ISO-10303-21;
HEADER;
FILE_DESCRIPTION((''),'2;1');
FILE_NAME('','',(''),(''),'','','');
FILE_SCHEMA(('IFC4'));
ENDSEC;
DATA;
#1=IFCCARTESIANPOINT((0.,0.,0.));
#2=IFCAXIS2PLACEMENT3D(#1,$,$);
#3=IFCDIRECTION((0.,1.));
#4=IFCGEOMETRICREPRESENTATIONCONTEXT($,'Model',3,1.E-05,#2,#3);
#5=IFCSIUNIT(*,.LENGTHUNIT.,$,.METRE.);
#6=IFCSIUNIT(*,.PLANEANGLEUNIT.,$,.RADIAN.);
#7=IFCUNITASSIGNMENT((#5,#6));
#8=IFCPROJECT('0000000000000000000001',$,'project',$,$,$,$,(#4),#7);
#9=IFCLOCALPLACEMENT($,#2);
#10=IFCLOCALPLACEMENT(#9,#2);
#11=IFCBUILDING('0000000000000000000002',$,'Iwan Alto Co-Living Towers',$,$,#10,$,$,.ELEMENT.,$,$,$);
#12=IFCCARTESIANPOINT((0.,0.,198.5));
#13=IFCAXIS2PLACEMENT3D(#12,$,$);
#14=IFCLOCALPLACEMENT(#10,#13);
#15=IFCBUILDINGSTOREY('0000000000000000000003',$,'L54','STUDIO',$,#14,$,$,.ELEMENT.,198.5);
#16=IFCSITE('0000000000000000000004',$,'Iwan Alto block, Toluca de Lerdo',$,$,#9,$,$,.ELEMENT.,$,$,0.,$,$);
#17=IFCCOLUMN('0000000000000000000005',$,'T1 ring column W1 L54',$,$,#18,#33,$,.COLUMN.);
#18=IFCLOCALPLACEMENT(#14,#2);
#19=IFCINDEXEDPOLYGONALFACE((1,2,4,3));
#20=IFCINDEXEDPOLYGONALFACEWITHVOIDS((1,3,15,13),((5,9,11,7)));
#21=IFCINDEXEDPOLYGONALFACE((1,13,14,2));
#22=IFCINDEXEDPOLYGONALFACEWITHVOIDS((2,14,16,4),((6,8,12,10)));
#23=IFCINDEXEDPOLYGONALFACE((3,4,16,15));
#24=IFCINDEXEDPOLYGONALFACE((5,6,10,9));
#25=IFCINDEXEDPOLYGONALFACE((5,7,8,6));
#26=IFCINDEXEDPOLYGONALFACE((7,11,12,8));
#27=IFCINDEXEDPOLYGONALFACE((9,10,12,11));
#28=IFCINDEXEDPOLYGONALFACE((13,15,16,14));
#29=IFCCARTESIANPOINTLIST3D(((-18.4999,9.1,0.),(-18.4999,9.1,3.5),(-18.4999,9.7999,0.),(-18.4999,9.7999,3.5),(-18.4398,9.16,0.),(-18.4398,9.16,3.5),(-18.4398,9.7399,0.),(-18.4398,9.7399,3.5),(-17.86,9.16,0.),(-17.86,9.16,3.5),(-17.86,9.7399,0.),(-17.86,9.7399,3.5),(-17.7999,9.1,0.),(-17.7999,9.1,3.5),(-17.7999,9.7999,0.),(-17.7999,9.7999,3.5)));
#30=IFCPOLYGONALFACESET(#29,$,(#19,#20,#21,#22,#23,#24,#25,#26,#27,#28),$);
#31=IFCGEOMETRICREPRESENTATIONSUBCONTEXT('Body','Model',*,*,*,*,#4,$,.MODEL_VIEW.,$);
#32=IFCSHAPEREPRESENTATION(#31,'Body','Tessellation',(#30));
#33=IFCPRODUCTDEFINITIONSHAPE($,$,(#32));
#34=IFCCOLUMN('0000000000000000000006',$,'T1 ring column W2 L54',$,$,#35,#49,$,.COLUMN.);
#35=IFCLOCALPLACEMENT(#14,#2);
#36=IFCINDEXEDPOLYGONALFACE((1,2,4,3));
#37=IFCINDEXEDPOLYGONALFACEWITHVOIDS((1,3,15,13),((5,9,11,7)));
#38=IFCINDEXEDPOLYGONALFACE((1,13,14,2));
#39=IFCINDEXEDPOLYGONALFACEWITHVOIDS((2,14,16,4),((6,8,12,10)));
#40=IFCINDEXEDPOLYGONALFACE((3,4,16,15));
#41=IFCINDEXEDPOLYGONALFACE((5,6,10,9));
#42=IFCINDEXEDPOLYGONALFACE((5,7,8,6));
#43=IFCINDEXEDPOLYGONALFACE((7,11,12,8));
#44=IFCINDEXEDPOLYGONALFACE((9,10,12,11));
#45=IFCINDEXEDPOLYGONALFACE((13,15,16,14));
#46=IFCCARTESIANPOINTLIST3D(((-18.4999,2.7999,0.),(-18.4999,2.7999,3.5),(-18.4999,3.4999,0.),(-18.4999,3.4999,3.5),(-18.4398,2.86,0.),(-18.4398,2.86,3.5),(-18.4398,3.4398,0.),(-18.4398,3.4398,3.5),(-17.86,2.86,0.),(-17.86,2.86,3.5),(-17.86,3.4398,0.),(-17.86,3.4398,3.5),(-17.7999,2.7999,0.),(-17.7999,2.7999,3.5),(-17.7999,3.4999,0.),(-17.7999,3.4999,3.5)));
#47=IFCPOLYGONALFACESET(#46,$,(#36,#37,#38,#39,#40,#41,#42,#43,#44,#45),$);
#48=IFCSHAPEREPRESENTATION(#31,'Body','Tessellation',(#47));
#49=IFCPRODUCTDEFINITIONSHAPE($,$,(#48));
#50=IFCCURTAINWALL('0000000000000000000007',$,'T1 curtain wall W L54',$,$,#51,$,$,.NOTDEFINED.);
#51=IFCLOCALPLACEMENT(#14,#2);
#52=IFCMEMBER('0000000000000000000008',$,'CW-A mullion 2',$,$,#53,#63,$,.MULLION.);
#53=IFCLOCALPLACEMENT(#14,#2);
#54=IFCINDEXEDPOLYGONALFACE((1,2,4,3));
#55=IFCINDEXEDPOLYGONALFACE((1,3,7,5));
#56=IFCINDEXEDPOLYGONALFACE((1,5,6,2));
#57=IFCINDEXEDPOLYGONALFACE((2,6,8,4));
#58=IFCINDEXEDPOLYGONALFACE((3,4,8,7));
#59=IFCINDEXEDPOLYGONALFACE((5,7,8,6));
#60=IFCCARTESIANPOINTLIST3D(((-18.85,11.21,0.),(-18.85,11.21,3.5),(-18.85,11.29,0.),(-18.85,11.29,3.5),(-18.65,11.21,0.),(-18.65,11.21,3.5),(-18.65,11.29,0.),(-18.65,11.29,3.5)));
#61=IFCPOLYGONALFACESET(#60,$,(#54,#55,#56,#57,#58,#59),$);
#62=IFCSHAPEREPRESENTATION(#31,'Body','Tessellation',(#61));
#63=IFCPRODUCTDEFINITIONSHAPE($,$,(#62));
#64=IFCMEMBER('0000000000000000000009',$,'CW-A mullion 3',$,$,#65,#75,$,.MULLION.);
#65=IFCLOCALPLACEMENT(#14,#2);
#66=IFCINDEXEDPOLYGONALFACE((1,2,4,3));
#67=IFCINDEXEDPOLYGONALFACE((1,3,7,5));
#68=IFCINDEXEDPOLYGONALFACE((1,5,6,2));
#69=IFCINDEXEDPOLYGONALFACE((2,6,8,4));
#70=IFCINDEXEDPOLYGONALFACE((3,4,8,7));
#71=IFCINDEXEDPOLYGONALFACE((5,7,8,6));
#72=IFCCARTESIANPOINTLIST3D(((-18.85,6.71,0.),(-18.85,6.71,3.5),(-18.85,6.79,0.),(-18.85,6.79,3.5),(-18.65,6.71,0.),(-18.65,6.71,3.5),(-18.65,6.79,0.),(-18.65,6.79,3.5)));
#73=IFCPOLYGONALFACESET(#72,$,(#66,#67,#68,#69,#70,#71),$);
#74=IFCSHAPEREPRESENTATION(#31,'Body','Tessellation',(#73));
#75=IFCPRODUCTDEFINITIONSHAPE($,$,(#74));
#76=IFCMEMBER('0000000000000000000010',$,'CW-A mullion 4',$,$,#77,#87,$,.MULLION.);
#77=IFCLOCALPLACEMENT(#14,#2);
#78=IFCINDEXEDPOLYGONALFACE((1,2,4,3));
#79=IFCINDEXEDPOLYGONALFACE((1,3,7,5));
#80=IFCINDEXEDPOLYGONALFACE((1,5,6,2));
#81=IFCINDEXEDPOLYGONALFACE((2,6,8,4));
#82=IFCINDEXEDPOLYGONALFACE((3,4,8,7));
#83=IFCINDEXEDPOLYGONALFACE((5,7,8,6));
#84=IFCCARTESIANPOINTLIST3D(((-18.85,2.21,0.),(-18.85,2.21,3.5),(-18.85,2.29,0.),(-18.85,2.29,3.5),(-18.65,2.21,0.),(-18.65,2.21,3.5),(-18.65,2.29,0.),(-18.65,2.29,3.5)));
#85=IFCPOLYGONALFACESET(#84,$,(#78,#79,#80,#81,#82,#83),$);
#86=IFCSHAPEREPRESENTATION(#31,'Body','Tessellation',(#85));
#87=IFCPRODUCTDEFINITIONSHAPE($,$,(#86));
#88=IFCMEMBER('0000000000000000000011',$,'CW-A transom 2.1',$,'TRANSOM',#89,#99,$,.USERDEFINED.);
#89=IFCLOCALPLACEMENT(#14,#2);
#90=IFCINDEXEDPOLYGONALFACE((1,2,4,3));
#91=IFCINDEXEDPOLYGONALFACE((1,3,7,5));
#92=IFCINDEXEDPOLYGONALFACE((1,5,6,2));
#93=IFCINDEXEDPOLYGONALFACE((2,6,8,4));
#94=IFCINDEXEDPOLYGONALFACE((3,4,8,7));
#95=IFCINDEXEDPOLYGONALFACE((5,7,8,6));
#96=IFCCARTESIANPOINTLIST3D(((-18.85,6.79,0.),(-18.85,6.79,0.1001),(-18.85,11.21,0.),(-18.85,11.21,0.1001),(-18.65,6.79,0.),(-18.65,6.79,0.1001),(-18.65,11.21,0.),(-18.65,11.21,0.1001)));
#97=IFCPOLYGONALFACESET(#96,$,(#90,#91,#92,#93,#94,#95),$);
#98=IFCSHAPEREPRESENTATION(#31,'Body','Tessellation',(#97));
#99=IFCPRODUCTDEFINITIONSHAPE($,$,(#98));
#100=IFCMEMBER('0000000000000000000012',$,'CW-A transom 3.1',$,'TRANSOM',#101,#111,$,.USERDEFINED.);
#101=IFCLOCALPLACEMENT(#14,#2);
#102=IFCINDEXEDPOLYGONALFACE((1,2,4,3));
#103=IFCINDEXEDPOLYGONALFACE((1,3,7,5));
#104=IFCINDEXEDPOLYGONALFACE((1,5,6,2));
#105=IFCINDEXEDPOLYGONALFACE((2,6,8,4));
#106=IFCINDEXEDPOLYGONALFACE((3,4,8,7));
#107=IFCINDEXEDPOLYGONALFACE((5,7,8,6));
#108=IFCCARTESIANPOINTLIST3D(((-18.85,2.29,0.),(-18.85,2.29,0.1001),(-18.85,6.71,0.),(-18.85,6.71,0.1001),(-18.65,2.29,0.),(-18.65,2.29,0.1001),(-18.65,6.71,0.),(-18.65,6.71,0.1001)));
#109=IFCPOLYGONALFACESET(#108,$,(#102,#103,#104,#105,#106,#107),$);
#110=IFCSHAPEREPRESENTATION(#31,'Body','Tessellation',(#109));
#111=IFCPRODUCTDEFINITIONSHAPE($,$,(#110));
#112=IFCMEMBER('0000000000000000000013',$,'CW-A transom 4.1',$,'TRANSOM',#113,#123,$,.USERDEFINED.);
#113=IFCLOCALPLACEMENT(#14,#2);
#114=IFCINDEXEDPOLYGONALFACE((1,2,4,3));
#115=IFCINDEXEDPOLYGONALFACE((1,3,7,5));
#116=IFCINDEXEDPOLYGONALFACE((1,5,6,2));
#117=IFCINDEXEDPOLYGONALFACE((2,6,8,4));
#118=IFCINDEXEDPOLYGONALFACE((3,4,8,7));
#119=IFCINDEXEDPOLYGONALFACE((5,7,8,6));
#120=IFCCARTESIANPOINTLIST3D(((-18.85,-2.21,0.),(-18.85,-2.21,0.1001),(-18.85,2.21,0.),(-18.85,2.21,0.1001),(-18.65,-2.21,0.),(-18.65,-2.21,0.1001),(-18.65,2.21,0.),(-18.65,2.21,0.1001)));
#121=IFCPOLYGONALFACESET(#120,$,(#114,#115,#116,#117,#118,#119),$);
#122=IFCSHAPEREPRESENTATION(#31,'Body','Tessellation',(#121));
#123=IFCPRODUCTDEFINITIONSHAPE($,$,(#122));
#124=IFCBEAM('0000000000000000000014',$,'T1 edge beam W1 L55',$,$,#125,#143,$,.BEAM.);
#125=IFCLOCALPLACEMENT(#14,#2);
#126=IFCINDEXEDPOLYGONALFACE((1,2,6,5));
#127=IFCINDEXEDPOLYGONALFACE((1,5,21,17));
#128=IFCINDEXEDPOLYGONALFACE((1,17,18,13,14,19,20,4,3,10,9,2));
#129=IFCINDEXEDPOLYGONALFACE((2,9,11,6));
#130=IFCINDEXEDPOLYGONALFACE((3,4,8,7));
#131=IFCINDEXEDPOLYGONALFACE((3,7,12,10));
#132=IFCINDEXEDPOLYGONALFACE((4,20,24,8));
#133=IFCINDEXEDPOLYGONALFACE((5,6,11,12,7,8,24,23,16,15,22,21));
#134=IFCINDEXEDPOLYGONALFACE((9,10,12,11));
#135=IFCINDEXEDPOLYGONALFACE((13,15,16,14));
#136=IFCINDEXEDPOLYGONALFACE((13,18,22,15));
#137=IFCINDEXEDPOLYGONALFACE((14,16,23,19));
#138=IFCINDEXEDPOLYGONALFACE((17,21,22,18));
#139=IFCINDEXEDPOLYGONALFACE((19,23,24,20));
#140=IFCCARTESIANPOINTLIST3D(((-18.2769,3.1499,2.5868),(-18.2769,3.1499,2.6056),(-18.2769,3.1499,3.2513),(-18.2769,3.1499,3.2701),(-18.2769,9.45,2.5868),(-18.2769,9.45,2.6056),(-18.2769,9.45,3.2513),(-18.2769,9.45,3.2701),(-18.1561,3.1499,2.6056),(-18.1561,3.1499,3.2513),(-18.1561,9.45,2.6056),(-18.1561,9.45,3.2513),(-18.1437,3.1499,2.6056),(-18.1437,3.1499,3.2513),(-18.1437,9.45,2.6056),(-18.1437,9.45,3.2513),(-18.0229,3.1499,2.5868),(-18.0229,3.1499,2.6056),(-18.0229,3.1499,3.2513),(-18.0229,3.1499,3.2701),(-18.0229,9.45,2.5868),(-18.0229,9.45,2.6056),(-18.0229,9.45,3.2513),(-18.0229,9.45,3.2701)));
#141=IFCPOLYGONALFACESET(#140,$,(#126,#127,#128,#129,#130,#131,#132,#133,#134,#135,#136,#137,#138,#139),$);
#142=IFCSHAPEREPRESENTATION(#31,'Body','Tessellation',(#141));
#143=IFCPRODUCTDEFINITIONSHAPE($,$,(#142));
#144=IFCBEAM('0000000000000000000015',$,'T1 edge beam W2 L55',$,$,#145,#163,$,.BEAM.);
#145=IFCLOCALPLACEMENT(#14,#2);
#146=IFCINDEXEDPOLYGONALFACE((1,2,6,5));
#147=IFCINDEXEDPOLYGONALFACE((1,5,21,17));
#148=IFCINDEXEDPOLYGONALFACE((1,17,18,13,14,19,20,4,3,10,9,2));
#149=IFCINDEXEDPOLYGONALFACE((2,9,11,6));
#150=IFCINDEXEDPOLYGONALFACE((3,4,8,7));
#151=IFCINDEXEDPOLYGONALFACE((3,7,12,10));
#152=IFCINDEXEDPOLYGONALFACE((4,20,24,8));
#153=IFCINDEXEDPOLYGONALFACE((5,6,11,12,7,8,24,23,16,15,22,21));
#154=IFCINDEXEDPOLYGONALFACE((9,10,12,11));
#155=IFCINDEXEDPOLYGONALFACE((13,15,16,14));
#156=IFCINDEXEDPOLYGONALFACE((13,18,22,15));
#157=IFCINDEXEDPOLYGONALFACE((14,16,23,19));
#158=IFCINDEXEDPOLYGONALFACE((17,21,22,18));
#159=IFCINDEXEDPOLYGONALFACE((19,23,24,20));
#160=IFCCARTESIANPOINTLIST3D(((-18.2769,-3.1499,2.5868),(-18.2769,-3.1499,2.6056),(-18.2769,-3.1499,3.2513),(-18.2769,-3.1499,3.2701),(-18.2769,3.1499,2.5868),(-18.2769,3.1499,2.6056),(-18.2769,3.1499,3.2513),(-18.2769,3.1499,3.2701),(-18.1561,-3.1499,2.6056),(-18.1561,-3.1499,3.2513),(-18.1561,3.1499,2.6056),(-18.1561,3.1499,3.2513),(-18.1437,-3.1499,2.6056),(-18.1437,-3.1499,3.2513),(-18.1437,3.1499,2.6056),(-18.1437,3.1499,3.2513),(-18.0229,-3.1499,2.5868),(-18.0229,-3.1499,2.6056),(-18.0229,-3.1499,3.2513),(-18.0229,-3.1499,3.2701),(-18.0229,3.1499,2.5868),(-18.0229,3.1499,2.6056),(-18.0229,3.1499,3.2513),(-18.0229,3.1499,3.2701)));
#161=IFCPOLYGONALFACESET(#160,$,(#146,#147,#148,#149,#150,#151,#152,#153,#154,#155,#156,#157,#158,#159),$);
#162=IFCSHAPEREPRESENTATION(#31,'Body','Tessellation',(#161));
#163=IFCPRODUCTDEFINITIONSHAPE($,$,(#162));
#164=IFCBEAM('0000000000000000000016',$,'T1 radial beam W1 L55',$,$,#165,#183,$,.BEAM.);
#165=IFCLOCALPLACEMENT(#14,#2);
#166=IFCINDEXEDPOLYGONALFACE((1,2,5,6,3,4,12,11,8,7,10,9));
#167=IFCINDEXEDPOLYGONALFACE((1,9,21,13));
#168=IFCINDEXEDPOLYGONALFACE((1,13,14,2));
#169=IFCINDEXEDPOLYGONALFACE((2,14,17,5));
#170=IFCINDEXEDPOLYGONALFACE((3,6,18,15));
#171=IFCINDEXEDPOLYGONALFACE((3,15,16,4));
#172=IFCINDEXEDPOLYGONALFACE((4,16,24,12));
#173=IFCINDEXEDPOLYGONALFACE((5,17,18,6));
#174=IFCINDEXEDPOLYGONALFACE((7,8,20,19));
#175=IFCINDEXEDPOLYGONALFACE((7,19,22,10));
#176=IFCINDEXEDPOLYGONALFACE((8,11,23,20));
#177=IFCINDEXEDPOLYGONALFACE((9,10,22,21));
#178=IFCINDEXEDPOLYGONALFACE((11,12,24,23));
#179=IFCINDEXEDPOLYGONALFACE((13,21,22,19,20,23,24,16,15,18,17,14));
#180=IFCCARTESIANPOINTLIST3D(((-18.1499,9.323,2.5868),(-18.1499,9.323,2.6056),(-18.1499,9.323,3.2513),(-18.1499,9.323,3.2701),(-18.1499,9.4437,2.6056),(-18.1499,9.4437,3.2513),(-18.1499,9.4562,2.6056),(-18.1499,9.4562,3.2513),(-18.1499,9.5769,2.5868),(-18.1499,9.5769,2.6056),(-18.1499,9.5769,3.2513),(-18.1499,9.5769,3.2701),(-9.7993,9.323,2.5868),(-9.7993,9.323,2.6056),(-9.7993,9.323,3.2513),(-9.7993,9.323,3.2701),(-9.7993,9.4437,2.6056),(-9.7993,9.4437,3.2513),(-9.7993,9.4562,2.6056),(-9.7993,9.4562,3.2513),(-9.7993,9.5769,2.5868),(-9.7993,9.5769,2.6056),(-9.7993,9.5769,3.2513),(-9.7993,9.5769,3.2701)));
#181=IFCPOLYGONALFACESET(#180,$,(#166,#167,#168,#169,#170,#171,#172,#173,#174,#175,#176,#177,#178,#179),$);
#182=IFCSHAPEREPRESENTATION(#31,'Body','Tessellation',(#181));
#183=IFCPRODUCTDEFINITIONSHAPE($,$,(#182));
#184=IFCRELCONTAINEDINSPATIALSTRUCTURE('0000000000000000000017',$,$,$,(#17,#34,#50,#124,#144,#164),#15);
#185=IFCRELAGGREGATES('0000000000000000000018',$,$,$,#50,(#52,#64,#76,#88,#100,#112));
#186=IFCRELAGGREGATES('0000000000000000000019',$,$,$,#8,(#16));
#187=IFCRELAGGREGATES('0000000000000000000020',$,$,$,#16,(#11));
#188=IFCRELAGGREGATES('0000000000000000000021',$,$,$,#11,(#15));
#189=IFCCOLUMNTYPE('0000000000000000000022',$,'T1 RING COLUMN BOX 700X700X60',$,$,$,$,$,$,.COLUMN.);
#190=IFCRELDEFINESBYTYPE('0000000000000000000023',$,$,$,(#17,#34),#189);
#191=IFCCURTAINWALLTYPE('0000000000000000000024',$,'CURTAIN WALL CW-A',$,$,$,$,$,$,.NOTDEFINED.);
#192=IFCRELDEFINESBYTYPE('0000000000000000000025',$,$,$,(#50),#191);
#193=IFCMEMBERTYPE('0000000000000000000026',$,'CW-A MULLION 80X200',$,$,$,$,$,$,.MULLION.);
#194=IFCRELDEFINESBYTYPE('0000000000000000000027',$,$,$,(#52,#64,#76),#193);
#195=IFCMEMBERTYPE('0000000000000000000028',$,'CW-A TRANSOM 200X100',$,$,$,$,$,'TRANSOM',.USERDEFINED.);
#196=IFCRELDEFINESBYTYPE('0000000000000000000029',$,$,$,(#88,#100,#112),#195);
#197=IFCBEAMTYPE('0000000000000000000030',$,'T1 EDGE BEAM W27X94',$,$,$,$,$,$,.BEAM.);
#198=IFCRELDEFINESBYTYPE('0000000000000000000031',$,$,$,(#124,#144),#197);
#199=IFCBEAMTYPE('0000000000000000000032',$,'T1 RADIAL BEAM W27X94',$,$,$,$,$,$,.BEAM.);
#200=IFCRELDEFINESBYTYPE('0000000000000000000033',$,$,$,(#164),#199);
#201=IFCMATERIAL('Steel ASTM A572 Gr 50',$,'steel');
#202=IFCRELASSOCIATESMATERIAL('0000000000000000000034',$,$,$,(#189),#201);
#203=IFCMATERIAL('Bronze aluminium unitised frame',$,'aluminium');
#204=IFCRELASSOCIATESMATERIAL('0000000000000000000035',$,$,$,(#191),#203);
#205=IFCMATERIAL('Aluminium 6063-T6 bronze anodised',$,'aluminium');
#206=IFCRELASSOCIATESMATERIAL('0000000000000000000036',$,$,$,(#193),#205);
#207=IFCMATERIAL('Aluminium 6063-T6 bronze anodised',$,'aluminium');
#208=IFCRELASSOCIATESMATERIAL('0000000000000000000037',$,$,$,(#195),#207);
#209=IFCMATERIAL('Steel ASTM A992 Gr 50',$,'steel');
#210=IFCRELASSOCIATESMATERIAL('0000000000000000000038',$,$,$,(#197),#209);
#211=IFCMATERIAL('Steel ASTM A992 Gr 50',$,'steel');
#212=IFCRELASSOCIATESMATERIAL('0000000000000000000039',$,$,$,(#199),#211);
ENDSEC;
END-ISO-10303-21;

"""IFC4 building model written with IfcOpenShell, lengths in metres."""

from ifc_helpers import new_model, si_unit, direction, frame, origin, origin_2d, place, context, subcontext, project, spatial, rectangle, hollow_rectangle, i_section, extrude, material, material_profile, profile_set, type_object, element, aggregate, save


model = new_model("IFC4")

# Units and contexts
model_context = context("Model", 3, precision=1e-05, world=origin(), true_north=direction((0.0, 1.0)))
body_context = subcontext(model_context, "Body", "Model", "MODEL_VIEW")
ifc_project = project(units=[si_unit("LENGTHUNIT", "METRE"), si_unit("PLANEANGLEUNIT", "RADIAN")], contexts=[model_context])

# Site, building, storey
site_placement = place(None, origin())
site = spatial("IfcSite", under=ifc_project, at=site_placement, Name="Iwan Alto block, Toluca de Lerdo", CompositionType="ELEMENT", RefElevation=0.0)
building_placement = place(site_placement, origin())
building = spatial("IfcBuilding", under=site, at=building_placement, Name="Iwan Alto Co-Living Towers", CompositionType="ELEMENT")
storey_placement = place(building_placement, frame((0.0, 0.0, 198.5)))
storey = spatial("IfcBuildingStorey", under=building, at=storey_placement, Name="L54", Description="STUDIO", CompositionType="ELEMENT", Elevation=198.5)

# Columns
ifc_material_1 = material(Name="Steel ASTM A572 Gr 50", Category="steel")
ifc_material_profile_1 = material_profile(ifc_material_1, hollow_rectangle(XDim=0.7, YDim=0.7, WallThickness=0.0601, at=origin_2d()), Name="BOX 700X700X60")
ifc_profile_set_1 = profile_set([ifc_material_profile_1], Name="Steel ASTM A572 Gr 50")
column_type = type_object("IfcColumnType", Name="T1 RING COLUMN BOX 700X700X60", PredefinedType="COLUMN", material=ifc_profile_set_1)
for number, where, z_axis, x_axis, name in (
    (1, (-18.1499, 9.45, 0.0), (0.0, 0.0, 1.0), (1.0, 0.0, 0.0), "T1 ring column W1 L54"),
    (2, (-18.1499, 3.1499, 0.0), (0.0, 0.0, 1.0), (1.0, 0.0, 0.0), "T1 ring column W2 L54"),
):
    element("IfcColumn", number, at=place(storey_placement, frame(where, z_axis=z_axis, x_axis=x_axis)), inside=storey, type_object=column_type, Name=name, PredefinedType="COLUMN", context=body_context, shape_type="SweptSolid", body=[
        extrude(hollow_rectangle(XDim=0.7, YDim=0.7, WallThickness=0.0601, at=origin_2d()), origin(), (0.0, 0.0, 1.0), 3.5),
    ])

# Curtain wall, members
ifc_material_2 = material(Name="Bronze aluminium unitised frame", Category="aluminium")
curtain_wall_type = type_object("IfcCurtainWallType", Name="CURTAIN WALL CW-A", PredefinedType="NOTDEFINED", material=ifc_material_2)
curtain_wall_placement = place(storey_placement, origin())
curtain_wall = element("IfcCurtainWall", 3, at=curtain_wall_placement, inside=storey, type_object=curtain_wall_type, Name="T1 curtain wall W L54", PredefinedType="NOTDEFINED")
ifc_material_3 = material(Name="Aluminium 6063-T6 bronze anodised", Category="aluminium")
ifc_material_profile_2 = material_profile(ifc_material_3, rectangle(XDim=0.2, YDim=0.0801, at=origin_2d()), Name="AL 80X200")
ifc_profile_set_2 = profile_set([ifc_material_profile_2], Name="Aluminium 6063-T6 bronze anodised")
member_type_1 = type_object("IfcMemberType", Name="CW-A MULLION 80X200", PredefinedType="MULLION", material=ifc_profile_set_2)
member_1_placement = place(storey_placement, frame((-18.75, 11.25, 0.0), z_axis=(0.0, 0.0, 1.0), x_axis=(1.0, 0.0, 0.0)))
member_1 = element("IfcMember", 4, at=member_1_placement, type_object=member_type_1, Name="CW-A mullion 2", PredefinedType="MULLION", context=body_context, shape_type="SweptSolid", body=[
    extrude(rectangle(XDim=0.2, YDim=0.0801, at=origin_2d()), origin(), (0.0, 0.0, 1.0), 3.5),
])
member_2_placement = place(storey_placement, frame((-18.75, 6.75, 0.0), z_axis=(0.0, 0.0, 1.0), x_axis=(1.0, 0.0, 0.0)))
member_2 = element("IfcMember", 5, at=member_2_placement, type_object=member_type_1, Name="CW-A mullion 3", PredefinedType="MULLION", context=body_context, shape_type="SweptSolid", body=[
    extrude(rectangle(XDim=0.2, YDim=0.0801, at=origin_2d()), origin(), (0.0, 0.0, 1.0), 3.5),
])
member_3_placement = place(storey_placement, frame((-18.75, 2.25, 0.0), z_axis=(0.0, 0.0, 1.0), x_axis=(1.0, 0.0, 0.0)))
member_3 = element("IfcMember", 6, at=member_3_placement, type_object=member_type_1, Name="CW-A mullion 4", PredefinedType="MULLION", context=body_context, shape_type="SweptSolid", body=[
    extrude(rectangle(XDim=0.2, YDim=0.0801, at=origin_2d()), origin(), (0.0, 0.0, 1.0), 3.5),
])
ifc_material_4 = material(Name="Aluminium 6063-T6 bronze anodised", Category="aluminium")
ifc_material_profile_3 = material_profile(ifc_material_4, rectangle(XDim=0.2, YDim=0.1001, at=origin_2d()), Name="AL 200X100")
ifc_profile_set_3 = profile_set([ifc_material_profile_3], Name="Aluminium 6063-T6 bronze anodised")
member_type_2 = type_object("IfcMemberType", Name="CW-A TRANSOM 200X100", ElementType="TRANSOM", PredefinedType="USERDEFINED", material=ifc_profile_set_3)
member_4_placement = place(storey_placement, frame((-18.75, 11.21, 0.05), z_axis=(0.0, -1.0, 0.0), x_axis=(1.0, 0.0, 0.0)))
member_4 = element("IfcMember", 7, at=member_4_placement, type_object=member_type_2, Name="CW-A transom 2.1", ObjectType="TRANSOM", PredefinedType="USERDEFINED", context=body_context, shape_type="SweptSolid", body=[
    extrude(rectangle(XDim=0.2, YDim=0.1001, at=origin_2d()), origin(), (0.0, 0.0, 1.0), 4.4199),
])
member_5_placement = place(storey_placement, frame((-18.75, 6.71, 0.05), z_axis=(0.0, -1.0, 0.0), x_axis=(1.0, 0.0, 0.0)))
member_5 = element("IfcMember", 8, at=member_5_placement, type_object=member_type_2, Name="CW-A transom 3.1", ObjectType="TRANSOM", PredefinedType="USERDEFINED", context=body_context, shape_type="SweptSolid", body=[
    extrude(rectangle(XDim=0.2, YDim=0.1001, at=origin_2d()), origin(), (0.0, 0.0, 1.0), 4.4199),
])
member_6_placement = place(storey_placement, frame((-18.75, 2.21, 0.05), z_axis=(0.0, -1.0, 0.0), x_axis=(1.0, 0.0, 0.0)))
member_6 = element("IfcMember", 9, at=member_6_placement, type_object=member_type_2, Name="CW-A transom 4.1", ObjectType="TRANSOM", PredefinedType="USERDEFINED", context=body_context, shape_type="SweptSolid", body=[
    extrude(rectangle(XDim=0.2, YDim=0.1001, at=origin_2d()), origin(), (0.0, 0.0, 1.0), 4.4199),
])

# Beams
ifc_material_5 = material(Name="Steel ASTM A992 Gr 50", Category="steel")
ifc_material_profile_4 = material_profile(ifc_material_5, i_section(OverallWidth=0.2539, OverallDepth=0.6833, WebThickness=0.0125, FlangeThickness=0.0188, at=origin_2d()), Name="W27X94")
ifc_profile_set_4 = profile_set([ifc_material_profile_4], Name="Steel ASTM A992 Gr 50")
beam_type_1 = type_object("IfcBeamType", Name="T1 EDGE BEAM W27X94", PredefinedType="BEAM", material=ifc_profile_set_4)
beam_1_placement = place(storey_placement, frame((-18.1499, 9.45, 2.9285), z_axis=(0.0, -1.0, 0.0), x_axis=(1.0, 0.0, 0.0)))
element("IfcBeam", 10, at=beam_1_placement, inside=storey, type_object=beam_type_1, Name="T1 edge beam W1 L55", PredefinedType="BEAM", context=body_context, shape_type="SweptSolid", body=[
    extrude(i_section(OverallWidth=0.2539, OverallDepth=0.6833, WebThickness=0.0125, FlangeThickness=0.0188, at=origin_2d()), origin(), (0.0, 0.0, 1.0), 6.3),
])
beam_2_placement = place(storey_placement, frame((-18.1499, 3.1499, 2.9285), z_axis=(0.0, -1.0, 0.0), x_axis=(1.0, 0.0, 0.0)))
element("IfcBeam", 11, at=beam_2_placement, inside=storey, type_object=beam_type_1, Name="T1 edge beam W2 L55", PredefinedType="BEAM", context=body_context, shape_type="SweptSolid", body=[
    extrude(i_section(OverallWidth=0.2539, OverallDepth=0.6833, WebThickness=0.0125, FlangeThickness=0.0188, at=origin_2d()), origin(), (0.0, 0.0, 1.0), 6.2998),
])
ifc_material_6 = material(Name="Steel ASTM A992 Gr 50", Category="steel")
ifc_material_profile_5 = material_profile(ifc_material_6, i_section(OverallWidth=0.2539, OverallDepth=0.6833, WebThickness=0.0125, FlangeThickness=0.0188, at=origin_2d()), Name="W27X94")
ifc_profile_set_5 = profile_set([ifc_material_profile_5], Name="Steel ASTM A992 Gr 50")
beam_type_2 = type_object("IfcBeamType", Name="T1 RADIAL BEAM W27X94", PredefinedType="BEAM", material=ifc_profile_set_5)
for number, where, z_axis, x_axis, name in (
    (12, (-18.1499, 9.45, 2.9285), (1.0, 0.0, 0.0), (0.0, 1.0, 0.0), "T1 radial beam W1 L55"),
):
    element("IfcBeam", number, at=place(storey_placement, frame(where, z_axis=z_axis, x_axis=x_axis)), inside=storey, type_object=beam_type_2, Name=name, PredefinedType="BEAM", context=body_context, shape_type="SweptSolid", body=[
        extrude(i_section(OverallWidth=0.2539, OverallDepth=0.6833, WebThickness=0.0125, FlangeThickness=0.0188, at=origin_2d()), origin(), (0.0, 0.0, 1.0), 8.3506),
    ])

aggregate(curtain_wall, [member_1, member_2, member_3, member_4, member_5, member_6])

save(model, "model.ifc")
